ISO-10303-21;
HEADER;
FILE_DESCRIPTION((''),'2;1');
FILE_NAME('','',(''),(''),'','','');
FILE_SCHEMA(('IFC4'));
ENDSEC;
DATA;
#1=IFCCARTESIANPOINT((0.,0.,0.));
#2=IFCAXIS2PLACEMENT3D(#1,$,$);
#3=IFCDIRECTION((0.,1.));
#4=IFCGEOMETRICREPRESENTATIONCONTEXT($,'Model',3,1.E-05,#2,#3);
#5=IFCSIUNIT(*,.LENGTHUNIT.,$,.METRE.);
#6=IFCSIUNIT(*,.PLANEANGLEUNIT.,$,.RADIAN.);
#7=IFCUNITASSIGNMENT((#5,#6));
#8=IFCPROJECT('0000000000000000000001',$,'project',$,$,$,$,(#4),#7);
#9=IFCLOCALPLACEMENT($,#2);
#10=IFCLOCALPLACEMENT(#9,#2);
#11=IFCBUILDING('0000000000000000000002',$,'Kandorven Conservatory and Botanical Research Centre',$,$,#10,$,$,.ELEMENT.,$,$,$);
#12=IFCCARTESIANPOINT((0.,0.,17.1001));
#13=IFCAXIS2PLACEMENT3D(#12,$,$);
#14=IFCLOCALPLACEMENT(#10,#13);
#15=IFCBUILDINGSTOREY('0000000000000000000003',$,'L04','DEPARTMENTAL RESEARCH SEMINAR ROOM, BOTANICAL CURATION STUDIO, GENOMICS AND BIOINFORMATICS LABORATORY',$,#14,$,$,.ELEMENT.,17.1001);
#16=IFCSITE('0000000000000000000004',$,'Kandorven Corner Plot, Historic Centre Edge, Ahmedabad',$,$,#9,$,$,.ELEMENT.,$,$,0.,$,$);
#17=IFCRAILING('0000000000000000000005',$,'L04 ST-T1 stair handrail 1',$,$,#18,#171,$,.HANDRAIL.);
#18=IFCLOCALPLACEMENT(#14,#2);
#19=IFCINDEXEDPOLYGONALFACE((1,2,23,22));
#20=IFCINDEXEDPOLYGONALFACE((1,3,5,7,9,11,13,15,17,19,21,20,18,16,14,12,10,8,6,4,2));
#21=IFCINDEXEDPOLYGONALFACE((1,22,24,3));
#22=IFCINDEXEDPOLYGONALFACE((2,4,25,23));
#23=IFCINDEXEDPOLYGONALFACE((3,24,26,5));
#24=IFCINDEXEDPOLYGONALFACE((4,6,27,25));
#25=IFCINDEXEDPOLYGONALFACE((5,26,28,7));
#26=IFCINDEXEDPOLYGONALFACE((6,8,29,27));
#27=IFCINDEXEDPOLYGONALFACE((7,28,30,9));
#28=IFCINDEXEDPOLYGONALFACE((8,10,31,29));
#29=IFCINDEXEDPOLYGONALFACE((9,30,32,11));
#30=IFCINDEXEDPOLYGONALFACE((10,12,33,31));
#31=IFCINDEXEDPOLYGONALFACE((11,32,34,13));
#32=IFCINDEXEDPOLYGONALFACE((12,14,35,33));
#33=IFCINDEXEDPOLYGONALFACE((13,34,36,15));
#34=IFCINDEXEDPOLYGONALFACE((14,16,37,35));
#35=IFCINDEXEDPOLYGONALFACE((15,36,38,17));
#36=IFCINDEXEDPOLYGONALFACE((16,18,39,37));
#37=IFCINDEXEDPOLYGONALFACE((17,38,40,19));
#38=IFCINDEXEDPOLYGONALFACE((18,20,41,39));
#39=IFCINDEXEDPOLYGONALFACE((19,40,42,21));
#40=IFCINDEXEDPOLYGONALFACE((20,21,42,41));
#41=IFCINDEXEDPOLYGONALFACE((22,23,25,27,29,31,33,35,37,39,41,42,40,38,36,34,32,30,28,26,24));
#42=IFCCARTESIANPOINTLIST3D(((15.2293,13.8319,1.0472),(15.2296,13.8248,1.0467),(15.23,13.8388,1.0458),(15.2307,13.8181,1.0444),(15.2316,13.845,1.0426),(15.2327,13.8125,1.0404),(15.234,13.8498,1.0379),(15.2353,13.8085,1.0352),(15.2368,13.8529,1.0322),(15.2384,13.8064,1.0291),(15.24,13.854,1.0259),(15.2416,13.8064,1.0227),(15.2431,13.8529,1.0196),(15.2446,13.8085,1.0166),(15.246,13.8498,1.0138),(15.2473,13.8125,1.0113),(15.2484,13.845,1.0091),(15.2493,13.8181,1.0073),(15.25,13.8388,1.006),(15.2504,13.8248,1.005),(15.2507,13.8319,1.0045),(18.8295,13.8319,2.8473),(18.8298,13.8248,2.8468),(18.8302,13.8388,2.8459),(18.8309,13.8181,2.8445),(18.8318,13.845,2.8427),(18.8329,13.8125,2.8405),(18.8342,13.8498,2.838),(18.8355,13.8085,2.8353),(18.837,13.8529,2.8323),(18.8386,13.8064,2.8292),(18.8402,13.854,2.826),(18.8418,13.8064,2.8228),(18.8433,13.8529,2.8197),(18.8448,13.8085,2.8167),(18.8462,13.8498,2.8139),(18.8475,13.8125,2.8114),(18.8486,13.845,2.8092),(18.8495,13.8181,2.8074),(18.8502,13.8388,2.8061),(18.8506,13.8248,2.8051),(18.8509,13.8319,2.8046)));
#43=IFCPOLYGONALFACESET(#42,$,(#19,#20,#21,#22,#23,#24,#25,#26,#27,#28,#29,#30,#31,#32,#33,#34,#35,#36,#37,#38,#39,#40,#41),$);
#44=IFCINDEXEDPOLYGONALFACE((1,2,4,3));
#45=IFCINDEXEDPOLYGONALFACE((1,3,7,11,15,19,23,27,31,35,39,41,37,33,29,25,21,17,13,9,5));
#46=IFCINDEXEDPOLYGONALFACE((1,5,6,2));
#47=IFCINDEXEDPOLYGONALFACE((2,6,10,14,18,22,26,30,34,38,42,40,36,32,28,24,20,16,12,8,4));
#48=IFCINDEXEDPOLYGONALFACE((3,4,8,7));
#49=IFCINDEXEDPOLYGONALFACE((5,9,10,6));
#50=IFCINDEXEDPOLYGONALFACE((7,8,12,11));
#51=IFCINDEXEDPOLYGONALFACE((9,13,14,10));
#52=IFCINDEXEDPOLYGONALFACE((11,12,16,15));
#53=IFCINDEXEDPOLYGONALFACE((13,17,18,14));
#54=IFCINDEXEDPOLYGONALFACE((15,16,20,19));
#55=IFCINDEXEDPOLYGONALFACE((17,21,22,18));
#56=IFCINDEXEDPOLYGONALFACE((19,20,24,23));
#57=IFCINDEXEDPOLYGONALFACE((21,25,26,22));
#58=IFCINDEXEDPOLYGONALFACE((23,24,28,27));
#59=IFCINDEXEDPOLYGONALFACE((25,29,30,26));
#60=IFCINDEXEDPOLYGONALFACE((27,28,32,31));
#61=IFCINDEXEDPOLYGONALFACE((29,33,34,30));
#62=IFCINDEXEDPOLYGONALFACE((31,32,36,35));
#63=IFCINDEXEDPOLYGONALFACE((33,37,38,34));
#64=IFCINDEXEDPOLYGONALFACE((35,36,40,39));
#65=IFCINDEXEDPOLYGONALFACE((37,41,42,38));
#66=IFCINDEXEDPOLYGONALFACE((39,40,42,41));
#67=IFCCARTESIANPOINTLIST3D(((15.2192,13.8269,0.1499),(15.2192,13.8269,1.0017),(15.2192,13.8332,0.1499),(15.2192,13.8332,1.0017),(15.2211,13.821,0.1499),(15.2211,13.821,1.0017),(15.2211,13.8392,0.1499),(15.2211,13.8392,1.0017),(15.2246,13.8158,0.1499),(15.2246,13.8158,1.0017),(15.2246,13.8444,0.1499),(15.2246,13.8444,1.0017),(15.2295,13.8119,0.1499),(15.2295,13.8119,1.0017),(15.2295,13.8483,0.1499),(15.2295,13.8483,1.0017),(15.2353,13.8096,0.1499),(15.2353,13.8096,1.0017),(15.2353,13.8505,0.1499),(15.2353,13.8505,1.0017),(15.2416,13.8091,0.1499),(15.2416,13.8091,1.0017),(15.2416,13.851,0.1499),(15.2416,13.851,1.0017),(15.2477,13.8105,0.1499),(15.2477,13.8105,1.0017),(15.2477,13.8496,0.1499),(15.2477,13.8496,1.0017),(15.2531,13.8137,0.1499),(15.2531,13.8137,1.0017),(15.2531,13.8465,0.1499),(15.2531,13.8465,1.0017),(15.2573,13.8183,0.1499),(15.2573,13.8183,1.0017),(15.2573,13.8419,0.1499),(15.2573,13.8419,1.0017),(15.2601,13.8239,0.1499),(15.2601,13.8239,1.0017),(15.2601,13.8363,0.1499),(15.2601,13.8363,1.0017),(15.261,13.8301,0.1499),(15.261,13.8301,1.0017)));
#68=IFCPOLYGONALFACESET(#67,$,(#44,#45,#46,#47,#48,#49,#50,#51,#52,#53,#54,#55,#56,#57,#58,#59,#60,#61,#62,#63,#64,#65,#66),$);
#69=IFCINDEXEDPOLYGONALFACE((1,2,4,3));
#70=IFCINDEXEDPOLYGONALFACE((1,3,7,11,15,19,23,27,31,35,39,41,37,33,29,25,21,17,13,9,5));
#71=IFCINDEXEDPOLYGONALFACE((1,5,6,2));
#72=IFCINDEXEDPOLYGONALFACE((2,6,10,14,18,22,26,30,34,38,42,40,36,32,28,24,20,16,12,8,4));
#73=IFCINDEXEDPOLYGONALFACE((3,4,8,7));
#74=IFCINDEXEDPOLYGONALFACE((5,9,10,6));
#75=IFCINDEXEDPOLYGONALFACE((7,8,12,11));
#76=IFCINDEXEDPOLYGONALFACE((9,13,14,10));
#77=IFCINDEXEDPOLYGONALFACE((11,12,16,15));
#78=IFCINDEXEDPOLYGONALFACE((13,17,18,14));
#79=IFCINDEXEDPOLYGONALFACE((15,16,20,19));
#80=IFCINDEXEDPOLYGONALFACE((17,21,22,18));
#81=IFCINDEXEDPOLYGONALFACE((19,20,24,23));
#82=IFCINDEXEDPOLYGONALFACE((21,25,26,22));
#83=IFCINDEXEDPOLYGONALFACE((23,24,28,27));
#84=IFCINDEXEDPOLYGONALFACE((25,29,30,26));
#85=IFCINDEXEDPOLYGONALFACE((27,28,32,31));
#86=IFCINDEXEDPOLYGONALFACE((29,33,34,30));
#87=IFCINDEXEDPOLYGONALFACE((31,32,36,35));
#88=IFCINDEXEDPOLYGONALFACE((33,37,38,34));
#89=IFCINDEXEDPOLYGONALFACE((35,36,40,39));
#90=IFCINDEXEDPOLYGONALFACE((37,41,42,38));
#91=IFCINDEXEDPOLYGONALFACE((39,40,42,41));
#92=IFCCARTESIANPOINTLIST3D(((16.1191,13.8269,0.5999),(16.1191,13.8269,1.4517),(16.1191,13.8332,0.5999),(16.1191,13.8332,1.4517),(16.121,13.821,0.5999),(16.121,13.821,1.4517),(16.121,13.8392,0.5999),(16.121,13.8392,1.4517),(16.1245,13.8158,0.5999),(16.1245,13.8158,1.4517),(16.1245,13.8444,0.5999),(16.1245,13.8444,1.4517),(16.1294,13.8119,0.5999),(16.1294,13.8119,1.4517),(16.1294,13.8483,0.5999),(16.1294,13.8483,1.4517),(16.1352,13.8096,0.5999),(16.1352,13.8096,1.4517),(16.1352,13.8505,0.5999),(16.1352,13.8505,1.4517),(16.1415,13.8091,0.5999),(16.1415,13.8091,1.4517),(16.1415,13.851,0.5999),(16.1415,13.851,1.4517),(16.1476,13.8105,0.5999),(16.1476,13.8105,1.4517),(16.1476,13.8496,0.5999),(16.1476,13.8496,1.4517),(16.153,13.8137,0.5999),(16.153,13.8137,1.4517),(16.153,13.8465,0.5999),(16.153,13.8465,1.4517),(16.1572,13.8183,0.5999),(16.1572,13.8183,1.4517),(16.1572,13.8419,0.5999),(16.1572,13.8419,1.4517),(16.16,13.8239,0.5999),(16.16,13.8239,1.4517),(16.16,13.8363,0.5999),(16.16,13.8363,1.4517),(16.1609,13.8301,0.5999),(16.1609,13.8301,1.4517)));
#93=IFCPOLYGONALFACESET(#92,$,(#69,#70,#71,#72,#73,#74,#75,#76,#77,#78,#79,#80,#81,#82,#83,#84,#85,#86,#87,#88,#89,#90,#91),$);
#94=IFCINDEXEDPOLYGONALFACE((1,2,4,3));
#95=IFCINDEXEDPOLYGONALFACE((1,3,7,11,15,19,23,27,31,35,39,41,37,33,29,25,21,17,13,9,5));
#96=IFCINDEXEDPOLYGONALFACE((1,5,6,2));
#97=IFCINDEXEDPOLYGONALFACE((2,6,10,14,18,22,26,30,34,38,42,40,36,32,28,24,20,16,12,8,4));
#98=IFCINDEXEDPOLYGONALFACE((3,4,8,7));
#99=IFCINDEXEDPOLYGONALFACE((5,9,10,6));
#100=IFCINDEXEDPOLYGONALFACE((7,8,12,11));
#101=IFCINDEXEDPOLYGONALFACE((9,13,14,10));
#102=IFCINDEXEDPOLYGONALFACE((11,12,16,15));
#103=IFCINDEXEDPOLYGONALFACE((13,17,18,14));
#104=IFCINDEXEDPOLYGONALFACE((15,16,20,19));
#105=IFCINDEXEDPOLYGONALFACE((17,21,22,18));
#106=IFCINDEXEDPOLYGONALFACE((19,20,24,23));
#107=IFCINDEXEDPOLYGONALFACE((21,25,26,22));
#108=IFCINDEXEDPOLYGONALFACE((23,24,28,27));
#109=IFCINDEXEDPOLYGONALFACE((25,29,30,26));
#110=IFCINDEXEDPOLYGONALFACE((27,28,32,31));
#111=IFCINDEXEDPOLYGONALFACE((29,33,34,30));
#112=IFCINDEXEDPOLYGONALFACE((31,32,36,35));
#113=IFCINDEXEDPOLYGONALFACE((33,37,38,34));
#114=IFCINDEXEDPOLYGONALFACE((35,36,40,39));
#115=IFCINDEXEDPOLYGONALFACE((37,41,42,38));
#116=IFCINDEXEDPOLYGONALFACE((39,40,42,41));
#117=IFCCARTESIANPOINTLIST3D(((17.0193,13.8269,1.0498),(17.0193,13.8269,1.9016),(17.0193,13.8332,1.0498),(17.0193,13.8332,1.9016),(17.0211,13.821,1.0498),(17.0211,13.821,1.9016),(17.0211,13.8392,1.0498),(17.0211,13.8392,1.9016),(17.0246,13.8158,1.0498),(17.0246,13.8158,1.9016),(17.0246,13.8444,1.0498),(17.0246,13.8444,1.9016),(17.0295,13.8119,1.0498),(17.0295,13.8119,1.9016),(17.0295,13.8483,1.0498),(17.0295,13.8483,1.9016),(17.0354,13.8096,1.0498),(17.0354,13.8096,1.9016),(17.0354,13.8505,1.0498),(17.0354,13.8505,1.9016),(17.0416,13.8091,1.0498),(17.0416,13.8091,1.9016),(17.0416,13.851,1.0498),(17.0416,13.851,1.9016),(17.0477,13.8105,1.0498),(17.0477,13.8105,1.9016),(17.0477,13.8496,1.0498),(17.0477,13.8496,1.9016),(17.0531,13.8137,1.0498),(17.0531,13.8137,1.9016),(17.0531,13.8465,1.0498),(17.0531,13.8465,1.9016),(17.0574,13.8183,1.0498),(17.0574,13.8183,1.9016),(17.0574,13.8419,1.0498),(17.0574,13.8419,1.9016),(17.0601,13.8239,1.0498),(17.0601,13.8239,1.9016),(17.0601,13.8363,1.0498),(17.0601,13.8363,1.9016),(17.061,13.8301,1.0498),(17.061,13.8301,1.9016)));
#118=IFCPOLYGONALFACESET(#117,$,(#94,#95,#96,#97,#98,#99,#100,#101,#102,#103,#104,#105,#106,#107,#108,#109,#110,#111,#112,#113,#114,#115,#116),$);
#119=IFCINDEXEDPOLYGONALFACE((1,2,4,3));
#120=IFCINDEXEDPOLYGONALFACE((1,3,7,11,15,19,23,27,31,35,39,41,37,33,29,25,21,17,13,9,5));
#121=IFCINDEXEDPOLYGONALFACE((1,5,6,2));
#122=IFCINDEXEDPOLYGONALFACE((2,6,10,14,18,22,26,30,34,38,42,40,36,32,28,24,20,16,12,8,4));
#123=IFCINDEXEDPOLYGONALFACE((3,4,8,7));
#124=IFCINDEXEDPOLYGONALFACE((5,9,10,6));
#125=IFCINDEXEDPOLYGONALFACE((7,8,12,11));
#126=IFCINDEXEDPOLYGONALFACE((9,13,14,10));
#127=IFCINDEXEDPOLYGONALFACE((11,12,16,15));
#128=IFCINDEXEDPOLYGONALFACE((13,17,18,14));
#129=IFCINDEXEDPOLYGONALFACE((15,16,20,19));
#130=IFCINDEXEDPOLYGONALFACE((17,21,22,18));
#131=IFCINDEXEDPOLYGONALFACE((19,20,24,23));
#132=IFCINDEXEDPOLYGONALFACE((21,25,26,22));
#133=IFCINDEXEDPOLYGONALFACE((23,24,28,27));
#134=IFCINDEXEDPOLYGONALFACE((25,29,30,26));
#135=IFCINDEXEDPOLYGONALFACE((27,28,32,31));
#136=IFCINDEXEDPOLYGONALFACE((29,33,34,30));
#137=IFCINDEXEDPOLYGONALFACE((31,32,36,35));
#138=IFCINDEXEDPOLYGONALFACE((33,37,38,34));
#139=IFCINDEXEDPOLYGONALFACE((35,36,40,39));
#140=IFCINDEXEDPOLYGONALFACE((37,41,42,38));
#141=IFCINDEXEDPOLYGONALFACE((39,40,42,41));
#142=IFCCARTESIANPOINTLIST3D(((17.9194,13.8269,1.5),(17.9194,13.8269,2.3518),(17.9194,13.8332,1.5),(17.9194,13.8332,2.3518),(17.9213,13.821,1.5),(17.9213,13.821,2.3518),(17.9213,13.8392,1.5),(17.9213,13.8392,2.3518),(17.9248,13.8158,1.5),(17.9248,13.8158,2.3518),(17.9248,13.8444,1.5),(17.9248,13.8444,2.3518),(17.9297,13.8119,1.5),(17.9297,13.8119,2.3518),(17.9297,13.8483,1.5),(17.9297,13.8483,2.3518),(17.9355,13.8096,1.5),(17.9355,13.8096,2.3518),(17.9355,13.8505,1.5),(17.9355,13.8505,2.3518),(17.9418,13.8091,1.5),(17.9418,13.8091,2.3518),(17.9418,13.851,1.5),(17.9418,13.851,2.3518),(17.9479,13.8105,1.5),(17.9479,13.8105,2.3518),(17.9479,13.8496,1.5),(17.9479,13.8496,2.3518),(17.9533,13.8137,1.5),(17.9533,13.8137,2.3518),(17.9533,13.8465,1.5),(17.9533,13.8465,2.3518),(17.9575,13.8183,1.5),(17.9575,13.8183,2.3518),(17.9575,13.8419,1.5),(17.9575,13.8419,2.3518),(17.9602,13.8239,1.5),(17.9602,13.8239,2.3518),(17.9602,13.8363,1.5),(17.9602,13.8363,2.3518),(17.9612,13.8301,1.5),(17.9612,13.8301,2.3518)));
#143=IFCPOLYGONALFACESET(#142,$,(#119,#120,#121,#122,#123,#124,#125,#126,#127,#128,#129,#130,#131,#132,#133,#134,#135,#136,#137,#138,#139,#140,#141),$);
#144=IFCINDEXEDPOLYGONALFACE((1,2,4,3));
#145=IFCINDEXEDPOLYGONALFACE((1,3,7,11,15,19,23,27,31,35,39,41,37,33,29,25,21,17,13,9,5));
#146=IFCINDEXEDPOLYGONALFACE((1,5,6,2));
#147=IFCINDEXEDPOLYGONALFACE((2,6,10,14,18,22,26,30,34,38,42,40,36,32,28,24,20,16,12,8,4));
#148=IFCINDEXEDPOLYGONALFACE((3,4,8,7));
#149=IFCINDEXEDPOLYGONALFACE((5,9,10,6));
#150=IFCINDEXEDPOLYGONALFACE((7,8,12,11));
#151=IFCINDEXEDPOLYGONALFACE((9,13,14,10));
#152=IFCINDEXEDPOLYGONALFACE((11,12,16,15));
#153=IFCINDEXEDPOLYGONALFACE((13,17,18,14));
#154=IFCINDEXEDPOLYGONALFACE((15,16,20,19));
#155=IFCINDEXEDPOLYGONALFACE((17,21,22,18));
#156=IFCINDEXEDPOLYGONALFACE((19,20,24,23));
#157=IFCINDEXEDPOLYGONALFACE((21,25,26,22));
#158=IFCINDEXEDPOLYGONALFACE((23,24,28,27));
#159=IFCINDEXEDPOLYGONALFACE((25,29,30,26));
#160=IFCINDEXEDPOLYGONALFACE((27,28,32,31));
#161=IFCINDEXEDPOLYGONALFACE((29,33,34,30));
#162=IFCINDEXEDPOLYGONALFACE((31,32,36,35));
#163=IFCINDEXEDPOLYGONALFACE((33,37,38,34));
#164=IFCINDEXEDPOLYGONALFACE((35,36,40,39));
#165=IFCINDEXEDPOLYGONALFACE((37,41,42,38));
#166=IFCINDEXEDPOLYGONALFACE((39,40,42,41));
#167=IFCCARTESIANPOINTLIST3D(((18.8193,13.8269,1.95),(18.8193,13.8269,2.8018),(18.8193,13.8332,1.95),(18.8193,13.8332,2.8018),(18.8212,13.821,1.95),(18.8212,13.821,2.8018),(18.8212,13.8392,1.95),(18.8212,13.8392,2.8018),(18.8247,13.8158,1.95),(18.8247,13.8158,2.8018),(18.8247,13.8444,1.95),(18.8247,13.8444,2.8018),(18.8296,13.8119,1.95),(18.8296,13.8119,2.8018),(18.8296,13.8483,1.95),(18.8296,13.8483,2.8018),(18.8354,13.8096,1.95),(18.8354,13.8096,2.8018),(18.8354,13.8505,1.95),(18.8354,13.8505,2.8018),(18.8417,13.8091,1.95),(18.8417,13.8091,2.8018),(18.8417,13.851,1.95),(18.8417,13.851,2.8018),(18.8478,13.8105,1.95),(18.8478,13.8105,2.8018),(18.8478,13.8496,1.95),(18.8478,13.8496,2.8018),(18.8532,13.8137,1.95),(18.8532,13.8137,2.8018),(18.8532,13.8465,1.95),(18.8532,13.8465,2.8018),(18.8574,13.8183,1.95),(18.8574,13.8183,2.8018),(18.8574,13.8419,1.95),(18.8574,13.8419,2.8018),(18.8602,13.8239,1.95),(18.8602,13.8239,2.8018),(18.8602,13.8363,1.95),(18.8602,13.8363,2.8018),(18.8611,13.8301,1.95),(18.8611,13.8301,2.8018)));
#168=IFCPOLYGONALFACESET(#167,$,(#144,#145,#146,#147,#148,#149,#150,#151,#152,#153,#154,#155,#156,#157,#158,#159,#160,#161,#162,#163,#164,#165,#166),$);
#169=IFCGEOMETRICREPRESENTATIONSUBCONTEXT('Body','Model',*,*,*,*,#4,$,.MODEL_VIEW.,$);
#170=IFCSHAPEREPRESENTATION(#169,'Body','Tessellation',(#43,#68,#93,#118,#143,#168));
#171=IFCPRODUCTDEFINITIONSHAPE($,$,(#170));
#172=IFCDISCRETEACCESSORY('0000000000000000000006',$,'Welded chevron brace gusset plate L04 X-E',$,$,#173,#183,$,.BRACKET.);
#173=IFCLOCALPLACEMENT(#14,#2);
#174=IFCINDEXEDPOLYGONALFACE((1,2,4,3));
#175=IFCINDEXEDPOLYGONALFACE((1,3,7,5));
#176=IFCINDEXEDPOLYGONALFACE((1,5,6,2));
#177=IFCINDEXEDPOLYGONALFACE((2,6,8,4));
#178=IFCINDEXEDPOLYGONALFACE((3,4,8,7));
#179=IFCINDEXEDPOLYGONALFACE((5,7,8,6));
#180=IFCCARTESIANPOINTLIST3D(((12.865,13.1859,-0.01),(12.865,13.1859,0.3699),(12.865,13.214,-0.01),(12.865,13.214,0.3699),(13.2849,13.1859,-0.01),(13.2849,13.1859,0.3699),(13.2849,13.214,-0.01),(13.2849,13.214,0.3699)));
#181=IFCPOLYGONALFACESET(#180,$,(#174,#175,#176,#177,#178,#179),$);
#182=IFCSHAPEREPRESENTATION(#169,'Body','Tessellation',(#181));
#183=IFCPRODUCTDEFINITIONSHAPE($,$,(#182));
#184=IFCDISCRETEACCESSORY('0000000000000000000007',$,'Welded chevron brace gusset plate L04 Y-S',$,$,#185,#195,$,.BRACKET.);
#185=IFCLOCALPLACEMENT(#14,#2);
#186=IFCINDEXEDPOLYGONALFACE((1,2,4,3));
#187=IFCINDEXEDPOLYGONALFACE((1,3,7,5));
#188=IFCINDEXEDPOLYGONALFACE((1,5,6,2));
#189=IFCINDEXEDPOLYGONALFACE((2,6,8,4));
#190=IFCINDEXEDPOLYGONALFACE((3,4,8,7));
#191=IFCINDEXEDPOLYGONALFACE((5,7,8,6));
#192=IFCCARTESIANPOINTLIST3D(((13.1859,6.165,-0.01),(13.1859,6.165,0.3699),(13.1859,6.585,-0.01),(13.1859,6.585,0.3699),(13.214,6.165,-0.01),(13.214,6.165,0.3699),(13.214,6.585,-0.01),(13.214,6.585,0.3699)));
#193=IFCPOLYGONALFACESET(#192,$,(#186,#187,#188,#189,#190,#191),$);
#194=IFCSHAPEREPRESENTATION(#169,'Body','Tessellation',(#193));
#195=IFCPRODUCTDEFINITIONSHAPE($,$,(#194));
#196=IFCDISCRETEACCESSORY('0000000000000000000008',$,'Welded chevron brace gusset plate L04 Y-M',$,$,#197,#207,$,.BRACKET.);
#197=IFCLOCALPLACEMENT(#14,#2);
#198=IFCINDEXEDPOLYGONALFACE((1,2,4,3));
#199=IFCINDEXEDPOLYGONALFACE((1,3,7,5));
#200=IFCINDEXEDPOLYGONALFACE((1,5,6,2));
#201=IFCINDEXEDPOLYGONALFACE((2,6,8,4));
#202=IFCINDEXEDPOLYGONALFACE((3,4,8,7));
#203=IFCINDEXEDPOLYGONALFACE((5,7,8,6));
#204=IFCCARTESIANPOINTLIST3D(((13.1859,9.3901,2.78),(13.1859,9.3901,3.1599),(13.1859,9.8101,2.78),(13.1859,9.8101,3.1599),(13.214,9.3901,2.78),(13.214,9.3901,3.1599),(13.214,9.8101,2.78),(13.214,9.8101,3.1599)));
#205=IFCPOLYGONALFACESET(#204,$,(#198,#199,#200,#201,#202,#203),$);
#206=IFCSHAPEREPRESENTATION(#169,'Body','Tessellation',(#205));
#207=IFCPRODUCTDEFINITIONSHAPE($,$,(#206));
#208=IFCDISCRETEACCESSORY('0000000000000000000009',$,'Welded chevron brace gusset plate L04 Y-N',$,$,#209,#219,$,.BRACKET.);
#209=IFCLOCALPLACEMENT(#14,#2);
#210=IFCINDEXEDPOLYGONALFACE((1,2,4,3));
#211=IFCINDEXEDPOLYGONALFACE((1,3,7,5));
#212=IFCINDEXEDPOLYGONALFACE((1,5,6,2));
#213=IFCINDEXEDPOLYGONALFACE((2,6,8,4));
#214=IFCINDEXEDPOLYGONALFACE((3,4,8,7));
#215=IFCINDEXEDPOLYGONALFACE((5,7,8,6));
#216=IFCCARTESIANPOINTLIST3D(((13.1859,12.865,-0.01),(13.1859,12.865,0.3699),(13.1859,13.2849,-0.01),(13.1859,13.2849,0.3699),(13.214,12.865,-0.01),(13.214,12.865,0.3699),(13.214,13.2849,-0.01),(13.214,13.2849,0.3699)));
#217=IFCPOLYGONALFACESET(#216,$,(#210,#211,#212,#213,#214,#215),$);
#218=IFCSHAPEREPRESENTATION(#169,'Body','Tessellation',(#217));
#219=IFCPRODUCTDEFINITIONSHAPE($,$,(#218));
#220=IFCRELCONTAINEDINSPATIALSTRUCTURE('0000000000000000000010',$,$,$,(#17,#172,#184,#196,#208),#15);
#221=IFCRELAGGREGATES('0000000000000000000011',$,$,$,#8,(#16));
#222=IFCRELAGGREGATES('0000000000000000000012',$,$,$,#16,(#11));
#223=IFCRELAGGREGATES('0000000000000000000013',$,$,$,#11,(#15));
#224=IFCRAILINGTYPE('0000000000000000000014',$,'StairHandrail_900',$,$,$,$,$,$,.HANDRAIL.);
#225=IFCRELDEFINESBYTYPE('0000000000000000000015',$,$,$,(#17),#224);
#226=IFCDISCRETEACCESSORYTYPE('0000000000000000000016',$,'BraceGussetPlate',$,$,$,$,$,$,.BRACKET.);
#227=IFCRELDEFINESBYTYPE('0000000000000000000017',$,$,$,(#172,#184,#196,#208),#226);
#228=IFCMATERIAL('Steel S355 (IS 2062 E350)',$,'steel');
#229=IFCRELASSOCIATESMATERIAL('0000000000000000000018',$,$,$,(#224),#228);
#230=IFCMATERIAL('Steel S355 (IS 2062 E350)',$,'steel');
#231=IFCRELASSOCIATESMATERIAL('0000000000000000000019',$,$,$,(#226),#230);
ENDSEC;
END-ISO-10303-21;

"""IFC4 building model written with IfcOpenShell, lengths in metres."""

from ifc_helpers import new_model, si_unit, direction, frame, origin, origin_2d, place, context, subcontext, project, spatial, rectangle, circle, extrude, material, type_object, element, save


model = new_model("IFC4")

# Units and contexts
model_context = context("Model", 3, precision=1e-05, world=origin(), true_north=direction((0.0, 1.0)))
body_context = subcontext(model_context, "Body", "Model", "MODEL_VIEW")
ifc_project = project(units=[si_unit("LENGTHUNIT", "METRE"), si_unit("PLANEANGLEUNIT", "RADIAN")], contexts=[model_context])

# Site, building, storey
site_placement = place(None, origin())
site = spatial("IfcSite", under=ifc_project, at=site_placement, Name="Kandorven Corner Plot, Historic Centre Edge, Ahmedabad", CompositionType="ELEMENT", RefElevation=0.0)
building_placement = place(site_placement, origin())
building = spatial("IfcBuilding", under=site, at=building_placement, Name="Kandorven Conservatory and Botanical Research Centre", CompositionType="ELEMENT")
storey_placement = place(building_placement, frame((0.0, 0.0, 17.1001)))
storey = spatial("IfcBuildingStorey", under=building, at=storey_placement, Name="L04", Description="DEPARTMENTAL RESEARCH SEMINAR ROOM, BOTANICAL CURATION STUDIO, GENOMICS AND BIOINFORMATICS LABORATORY", CompositionType="ELEMENT", Elevation=17.1001)

# Railing
ifc_material_1 = material(Name="Steel S355 (IS 2062 E350)", Category="steel")
railing_type_1 = type_object("IfcRailingType", Name="StairHandrail_900", PredefinedType="HANDRAIL", material=ifc_material_1)
railing_1_placement = place(storey_placement, frame((15.24, 13.8301, 0.1499)))
element("IfcRailing", 1, at=railing_1_placement, inside=storey, type_object=railing_type_1, Name="L04 ST-T1 stair handrail 1", PredefinedType="HANDRAIL", context=body_context, shape_type="SweptSolid", body=[
    extrude(circle(Radius=0.0239, at=origin_2d()), frame((0.0, 0.0, 0.876), z_axis=(0.894427, 0.0, 0.447214), x_axis=(0.0, 1.0, 0.0)), (0.0, 0.0, 1.0), 4.0251),
    extrude(circle(Radius=0.021, at=origin_2d()), origin(), (0.0, 0.0, 1.0), 0.8518),
    extrude(circle(Radius=0.021, at=origin_2d()), frame((0.8999, 0.0, 0.45)), (0.0, 0.0, 1.0), 0.8518),
    extrude(circle(Radius=0.021, at=origin_2d()), frame((1.8, 0.0, 0.8999)), (0.0, 0.0, 1.0), 0.8518),
    extrude(circle(Radius=0.021, at=origin_2d()), frame((2.7002, 0.0, 1.3501)), (0.0, 0.0, 1.0), 0.8518),
    extrude(circle(Radius=0.021, at=origin_2d()), frame((3.6001, 0.0, 1.8)), (0.0, 0.0, 1.0), 0.8518),
])

# Discrete accessories
ifc_material_2 = material(Name="Steel S355 (IS 2062 E350)", Category="steel")
discrete_accessory_type = type_object("IfcDiscreteAccessoryType", Name="BraceGussetPlate", PredefinedType="BRACKET", material=ifc_material_2)
discrete_accessory_placement = place(storey_placement, frame((13.075, 13.2, -0.01), z_axis=(0.0, 0.0, 1.0), x_axis=(1.0, 0.0, 0.0)))
element("IfcDiscreteAccessory", 2, at=discrete_accessory_placement, inside=storey, type_object=discrete_accessory_type, Name="Welded chevron brace gusset plate L04 X-E", PredefinedType="BRACKET", context=body_context, shape_type="SweptSolid", body=[
    extrude(rectangle(XDim=0.4199, YDim=0.0281, at=origin_2d()), origin(), (0.0, 0.0, 1.0), 0.3799),
])
for number, where, z_axis, x_axis, name in (
    (3, (13.2, 6.375, -0.01), (0.0, 0.0, 1.0), (1.0, 0.0, 0.0), "Welded chevron brace gusset plate L04 Y-S"),
    (4, (13.2, 9.6001, 2.78), (0.0, 0.0, 1.0), (1.0, 0.0, 0.0), "Welded chevron brace gusset plate L04 Y-M"),
    (5, (13.2, 13.075, -0.01), (0.0, 0.0, 1.0), (1.0, 0.0, 0.0), "Welded chevron brace gusset plate L04 Y-N"),
):
    element("IfcDiscreteAccessory", number, at=place(storey_placement, frame(where, z_axis=z_axis, x_axis=x_axis)), inside=storey, type_object=discrete_accessory_type, Name=name, PredefinedType="BRACKET", context=body_context, shape_type="SweptSolid", body=[
        extrude(rectangle(XDim=0.0281, YDim=0.4199, at=origin_2d()), origin(), (0.0, 0.0, 1.0), 0.3799),
    ])

save(model, "model.ifc")
